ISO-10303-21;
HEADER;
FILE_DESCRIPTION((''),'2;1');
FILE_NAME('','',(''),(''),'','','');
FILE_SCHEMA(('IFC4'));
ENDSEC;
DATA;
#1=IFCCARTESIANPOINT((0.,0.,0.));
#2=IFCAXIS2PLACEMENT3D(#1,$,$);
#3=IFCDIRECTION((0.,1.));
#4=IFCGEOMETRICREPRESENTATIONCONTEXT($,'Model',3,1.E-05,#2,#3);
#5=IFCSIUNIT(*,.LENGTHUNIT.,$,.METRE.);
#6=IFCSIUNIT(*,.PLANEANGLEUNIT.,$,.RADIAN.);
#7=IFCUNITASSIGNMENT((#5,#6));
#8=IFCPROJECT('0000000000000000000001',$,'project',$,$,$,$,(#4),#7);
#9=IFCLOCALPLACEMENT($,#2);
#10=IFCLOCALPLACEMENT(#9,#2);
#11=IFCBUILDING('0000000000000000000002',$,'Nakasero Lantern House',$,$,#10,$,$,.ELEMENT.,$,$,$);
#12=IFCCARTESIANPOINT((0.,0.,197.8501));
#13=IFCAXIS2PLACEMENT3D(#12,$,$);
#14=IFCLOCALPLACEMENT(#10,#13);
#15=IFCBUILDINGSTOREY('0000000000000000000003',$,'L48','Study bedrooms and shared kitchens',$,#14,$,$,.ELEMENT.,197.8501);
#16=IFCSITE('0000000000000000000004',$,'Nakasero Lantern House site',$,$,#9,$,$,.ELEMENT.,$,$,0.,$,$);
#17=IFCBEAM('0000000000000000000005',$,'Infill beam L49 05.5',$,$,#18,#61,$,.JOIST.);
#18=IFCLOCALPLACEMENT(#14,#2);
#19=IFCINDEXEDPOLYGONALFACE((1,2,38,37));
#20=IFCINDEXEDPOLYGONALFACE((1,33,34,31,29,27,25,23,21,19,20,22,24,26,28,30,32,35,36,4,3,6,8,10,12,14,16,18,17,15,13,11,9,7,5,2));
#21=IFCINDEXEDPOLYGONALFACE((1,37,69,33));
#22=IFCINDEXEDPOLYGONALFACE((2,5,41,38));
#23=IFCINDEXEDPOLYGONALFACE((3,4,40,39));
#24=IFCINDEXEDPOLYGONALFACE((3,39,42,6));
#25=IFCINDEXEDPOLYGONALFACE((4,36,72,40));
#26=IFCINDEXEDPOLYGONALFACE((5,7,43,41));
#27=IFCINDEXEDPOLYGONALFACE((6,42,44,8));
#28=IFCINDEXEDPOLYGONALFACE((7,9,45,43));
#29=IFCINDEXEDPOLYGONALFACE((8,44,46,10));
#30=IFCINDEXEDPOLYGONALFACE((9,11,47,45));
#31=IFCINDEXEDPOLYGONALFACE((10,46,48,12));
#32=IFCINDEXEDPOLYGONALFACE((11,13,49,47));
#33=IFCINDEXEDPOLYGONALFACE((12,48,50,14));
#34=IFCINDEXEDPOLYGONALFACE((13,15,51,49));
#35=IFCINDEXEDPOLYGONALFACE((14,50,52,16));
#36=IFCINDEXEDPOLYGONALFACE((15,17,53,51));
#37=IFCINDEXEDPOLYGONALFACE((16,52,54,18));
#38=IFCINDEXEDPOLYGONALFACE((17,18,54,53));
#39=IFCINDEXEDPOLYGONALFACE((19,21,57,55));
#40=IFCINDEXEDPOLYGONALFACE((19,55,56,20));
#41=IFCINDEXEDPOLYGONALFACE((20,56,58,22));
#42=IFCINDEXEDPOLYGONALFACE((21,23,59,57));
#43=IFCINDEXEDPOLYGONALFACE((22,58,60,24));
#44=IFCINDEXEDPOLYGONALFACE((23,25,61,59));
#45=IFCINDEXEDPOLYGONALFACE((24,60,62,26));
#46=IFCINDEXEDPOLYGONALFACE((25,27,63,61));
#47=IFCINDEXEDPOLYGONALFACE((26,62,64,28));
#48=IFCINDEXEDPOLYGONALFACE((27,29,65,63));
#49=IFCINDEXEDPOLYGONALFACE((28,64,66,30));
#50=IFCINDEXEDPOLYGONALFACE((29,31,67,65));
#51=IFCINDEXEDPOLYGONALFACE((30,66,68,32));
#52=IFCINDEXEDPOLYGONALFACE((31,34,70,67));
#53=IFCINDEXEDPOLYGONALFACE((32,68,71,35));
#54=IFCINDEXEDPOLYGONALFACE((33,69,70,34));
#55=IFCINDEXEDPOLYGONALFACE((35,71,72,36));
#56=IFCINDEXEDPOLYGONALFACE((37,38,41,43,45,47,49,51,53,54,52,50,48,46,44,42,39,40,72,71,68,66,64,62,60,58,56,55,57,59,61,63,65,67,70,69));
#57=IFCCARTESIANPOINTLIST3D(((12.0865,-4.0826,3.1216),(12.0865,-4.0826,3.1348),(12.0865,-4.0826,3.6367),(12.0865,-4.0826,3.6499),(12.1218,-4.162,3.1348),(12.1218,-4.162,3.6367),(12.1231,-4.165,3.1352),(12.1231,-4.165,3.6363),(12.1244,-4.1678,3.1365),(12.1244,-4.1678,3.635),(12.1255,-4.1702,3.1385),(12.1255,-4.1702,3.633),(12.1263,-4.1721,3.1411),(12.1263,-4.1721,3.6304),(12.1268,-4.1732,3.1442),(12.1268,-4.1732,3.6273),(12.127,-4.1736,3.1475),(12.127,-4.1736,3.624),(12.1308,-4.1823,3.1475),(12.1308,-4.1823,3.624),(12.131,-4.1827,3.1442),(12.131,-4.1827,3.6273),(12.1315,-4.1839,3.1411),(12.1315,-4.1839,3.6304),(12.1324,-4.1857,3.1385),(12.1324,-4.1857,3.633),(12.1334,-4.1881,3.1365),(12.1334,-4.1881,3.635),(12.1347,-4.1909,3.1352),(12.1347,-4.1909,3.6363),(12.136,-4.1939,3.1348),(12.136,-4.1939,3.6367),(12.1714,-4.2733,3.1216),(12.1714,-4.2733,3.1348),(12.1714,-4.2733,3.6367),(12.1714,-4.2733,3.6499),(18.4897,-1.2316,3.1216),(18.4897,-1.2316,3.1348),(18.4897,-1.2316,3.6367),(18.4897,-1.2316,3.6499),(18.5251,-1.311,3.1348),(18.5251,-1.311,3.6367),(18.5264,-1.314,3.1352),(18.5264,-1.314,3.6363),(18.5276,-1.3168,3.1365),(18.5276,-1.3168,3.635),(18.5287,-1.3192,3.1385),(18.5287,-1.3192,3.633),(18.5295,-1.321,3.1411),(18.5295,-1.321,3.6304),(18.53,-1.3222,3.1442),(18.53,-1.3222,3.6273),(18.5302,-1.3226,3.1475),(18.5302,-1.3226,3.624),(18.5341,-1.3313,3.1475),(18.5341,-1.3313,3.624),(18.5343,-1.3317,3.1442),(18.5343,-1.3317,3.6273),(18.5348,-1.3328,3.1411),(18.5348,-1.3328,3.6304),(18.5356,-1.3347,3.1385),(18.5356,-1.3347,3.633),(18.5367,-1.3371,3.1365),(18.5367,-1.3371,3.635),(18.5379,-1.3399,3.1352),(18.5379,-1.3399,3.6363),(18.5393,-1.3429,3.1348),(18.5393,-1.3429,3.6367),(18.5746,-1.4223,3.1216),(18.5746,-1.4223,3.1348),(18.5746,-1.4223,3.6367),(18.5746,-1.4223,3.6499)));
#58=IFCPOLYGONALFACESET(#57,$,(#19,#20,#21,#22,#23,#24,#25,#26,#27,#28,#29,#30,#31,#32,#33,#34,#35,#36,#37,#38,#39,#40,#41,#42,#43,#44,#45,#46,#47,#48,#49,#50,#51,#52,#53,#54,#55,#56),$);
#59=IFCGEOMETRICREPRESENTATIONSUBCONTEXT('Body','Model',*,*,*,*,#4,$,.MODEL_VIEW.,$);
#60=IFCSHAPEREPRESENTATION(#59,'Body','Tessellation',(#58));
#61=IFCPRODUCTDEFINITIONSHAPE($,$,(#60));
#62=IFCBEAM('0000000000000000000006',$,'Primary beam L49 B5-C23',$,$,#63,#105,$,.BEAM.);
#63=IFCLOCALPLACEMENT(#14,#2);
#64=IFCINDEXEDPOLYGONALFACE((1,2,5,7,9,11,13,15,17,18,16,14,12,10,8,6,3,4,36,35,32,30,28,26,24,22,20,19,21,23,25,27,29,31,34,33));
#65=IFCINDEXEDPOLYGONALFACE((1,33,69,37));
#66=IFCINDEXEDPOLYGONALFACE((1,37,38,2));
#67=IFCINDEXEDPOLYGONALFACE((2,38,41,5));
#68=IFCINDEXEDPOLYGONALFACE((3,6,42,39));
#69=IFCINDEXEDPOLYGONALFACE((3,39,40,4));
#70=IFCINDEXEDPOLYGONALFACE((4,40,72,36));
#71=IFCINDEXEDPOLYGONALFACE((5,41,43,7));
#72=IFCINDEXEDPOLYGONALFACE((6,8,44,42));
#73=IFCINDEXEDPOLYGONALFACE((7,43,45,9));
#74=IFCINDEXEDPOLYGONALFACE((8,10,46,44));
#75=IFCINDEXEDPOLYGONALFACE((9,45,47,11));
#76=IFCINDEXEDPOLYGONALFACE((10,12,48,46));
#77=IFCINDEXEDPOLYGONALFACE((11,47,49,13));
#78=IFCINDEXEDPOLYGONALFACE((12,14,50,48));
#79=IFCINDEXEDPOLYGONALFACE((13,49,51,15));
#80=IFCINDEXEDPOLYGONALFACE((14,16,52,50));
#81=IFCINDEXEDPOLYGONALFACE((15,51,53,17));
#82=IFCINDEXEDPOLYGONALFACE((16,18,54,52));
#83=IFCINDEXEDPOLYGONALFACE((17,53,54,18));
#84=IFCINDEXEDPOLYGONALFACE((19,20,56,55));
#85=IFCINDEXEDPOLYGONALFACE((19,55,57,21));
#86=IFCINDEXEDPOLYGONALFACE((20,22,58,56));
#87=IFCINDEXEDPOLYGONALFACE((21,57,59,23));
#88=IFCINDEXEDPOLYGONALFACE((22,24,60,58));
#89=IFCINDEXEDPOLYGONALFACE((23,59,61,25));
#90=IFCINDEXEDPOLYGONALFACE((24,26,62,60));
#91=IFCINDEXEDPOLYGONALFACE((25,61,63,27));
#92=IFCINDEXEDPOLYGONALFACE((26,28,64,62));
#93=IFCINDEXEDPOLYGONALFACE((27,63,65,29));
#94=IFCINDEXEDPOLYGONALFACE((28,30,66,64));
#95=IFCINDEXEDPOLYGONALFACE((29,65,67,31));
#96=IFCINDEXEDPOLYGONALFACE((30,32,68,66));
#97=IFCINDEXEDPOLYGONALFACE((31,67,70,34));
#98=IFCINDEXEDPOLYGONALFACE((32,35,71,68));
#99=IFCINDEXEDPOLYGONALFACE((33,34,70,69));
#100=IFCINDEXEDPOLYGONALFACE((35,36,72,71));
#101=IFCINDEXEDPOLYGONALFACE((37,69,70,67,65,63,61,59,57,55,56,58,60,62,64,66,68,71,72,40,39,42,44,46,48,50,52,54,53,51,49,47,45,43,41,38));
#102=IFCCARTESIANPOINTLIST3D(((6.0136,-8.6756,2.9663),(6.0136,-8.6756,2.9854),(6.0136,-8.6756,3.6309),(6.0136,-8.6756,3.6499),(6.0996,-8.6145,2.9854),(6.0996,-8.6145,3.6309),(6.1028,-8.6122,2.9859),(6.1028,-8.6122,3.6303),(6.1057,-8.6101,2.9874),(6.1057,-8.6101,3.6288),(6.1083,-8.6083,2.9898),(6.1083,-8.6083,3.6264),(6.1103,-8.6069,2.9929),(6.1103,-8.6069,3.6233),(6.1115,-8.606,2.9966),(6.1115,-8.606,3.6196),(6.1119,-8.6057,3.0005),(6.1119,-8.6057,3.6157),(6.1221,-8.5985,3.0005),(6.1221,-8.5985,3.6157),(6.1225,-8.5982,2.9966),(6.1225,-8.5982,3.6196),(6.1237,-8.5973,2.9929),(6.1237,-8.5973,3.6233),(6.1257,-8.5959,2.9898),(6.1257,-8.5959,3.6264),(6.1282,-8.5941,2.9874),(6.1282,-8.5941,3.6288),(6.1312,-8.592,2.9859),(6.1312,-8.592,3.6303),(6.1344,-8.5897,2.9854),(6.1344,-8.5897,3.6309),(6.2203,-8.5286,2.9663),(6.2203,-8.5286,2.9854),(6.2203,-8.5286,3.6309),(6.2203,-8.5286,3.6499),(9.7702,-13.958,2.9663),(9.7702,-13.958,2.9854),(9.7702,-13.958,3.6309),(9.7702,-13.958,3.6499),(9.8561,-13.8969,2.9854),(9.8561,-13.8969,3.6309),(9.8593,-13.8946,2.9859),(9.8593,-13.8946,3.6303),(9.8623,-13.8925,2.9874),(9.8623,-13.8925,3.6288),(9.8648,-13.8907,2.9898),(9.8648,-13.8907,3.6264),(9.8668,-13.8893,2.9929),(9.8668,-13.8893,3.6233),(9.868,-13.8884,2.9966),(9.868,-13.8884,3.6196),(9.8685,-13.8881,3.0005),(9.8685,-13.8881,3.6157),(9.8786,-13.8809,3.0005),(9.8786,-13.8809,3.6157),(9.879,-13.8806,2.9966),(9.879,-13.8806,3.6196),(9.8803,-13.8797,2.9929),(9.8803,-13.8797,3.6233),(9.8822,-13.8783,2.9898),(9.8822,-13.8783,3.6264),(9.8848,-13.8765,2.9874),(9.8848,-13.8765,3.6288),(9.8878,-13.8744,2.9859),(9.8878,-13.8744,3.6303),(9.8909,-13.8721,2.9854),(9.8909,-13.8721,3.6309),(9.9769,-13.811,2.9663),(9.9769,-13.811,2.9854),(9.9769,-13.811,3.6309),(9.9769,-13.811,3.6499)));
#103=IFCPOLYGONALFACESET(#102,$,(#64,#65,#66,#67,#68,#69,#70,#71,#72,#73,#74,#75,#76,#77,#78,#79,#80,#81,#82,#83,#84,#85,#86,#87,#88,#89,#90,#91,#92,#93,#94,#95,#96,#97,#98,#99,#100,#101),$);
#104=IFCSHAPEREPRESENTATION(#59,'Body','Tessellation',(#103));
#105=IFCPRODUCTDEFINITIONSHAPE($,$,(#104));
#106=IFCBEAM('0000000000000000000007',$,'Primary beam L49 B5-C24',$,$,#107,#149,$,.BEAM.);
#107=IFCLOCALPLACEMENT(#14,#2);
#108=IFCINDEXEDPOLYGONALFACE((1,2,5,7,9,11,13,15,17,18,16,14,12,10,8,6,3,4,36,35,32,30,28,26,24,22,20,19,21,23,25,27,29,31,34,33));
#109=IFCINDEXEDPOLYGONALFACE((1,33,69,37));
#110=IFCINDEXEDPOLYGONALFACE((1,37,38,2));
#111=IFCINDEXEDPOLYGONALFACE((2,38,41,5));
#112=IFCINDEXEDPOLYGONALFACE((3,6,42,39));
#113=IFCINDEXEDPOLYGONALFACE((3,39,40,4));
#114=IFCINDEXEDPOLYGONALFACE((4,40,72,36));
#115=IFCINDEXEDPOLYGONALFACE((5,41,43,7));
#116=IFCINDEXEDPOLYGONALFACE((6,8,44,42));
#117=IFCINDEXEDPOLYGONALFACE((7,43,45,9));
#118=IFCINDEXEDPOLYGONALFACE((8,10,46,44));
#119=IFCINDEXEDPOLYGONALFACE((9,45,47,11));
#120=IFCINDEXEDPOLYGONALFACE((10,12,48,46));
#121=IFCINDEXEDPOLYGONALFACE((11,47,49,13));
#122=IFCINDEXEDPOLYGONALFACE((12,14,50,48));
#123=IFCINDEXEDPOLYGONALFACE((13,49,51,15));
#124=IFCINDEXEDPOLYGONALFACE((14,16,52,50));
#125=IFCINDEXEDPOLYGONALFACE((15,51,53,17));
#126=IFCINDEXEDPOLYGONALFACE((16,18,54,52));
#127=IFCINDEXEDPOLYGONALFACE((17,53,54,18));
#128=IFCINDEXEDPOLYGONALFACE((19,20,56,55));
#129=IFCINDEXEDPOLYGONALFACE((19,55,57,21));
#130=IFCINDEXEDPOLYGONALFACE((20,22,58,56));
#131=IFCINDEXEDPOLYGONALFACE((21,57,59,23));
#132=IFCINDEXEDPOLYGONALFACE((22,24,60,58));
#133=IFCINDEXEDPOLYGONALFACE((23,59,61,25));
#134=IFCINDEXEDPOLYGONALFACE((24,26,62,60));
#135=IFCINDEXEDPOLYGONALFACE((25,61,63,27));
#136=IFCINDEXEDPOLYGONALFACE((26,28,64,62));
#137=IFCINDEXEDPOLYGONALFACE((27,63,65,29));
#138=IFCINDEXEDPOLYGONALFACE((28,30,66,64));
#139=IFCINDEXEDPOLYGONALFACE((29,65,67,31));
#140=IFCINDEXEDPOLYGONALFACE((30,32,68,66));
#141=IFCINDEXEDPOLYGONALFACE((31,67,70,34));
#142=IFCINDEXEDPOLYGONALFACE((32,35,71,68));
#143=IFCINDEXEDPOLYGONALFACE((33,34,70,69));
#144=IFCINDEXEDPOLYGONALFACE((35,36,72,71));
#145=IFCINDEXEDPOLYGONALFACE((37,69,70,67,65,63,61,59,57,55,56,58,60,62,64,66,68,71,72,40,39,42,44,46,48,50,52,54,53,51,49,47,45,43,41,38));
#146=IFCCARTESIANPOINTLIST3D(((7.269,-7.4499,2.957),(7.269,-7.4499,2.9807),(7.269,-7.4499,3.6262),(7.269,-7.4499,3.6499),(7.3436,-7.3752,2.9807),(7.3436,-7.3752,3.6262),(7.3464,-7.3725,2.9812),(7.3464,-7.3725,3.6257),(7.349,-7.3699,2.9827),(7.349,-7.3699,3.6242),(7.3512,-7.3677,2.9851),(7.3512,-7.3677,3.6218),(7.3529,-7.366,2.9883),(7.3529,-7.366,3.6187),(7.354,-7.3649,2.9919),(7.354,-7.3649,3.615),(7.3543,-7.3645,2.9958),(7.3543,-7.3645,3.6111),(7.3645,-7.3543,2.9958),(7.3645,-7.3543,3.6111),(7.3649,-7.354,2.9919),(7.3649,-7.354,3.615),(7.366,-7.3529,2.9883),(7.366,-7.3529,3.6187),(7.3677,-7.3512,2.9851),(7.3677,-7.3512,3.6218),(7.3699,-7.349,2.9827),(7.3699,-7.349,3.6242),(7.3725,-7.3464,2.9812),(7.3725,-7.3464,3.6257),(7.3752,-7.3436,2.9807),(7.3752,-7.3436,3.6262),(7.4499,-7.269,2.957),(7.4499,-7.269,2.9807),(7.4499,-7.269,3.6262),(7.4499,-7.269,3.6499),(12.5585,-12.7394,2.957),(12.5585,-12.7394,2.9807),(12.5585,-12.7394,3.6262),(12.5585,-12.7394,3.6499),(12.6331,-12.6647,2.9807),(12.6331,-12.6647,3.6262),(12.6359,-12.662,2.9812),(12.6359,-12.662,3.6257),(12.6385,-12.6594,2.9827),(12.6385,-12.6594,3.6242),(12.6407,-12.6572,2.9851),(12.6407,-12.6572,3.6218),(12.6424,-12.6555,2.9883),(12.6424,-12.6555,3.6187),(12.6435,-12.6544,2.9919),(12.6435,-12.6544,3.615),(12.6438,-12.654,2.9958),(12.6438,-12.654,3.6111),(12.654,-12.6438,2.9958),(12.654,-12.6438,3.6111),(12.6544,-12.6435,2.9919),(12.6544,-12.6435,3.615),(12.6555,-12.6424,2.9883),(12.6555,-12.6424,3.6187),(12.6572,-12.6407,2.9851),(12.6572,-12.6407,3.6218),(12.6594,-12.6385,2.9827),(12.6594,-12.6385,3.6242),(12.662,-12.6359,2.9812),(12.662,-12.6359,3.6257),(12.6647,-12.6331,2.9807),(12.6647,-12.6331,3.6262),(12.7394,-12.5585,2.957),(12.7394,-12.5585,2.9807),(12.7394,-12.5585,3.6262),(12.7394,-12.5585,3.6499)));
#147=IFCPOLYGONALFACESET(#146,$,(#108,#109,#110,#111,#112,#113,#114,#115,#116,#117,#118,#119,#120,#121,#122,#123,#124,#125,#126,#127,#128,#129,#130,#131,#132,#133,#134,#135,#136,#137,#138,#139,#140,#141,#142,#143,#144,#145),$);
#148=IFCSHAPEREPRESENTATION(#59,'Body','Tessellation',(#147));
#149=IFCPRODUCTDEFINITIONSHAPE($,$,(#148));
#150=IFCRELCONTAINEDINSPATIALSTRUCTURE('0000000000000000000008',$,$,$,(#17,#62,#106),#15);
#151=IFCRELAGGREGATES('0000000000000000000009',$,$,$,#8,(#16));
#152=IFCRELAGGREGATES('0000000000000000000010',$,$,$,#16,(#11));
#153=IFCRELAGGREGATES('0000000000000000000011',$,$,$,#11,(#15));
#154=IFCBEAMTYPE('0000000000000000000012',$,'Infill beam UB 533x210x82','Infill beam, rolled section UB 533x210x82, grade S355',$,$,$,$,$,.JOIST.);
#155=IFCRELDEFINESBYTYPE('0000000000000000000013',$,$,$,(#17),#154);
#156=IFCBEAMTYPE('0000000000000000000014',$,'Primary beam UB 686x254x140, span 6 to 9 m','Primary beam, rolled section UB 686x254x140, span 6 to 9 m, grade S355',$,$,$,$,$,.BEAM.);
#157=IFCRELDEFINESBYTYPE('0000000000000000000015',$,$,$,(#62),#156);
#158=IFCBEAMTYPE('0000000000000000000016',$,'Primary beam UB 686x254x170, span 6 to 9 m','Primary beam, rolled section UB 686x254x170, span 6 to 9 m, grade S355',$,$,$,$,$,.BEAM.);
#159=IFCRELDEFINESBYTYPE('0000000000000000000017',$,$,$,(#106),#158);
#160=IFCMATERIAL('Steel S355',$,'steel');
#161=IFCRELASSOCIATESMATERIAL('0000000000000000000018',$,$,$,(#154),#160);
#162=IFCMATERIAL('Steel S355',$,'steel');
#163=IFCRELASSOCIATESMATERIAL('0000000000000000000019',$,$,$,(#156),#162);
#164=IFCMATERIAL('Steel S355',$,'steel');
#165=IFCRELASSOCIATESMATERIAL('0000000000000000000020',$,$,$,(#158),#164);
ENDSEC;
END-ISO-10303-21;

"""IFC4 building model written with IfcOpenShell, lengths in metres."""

from ifc_helpers import new_model, si_unit, direction, frame, origin, origin_2d, place, context, subcontext, project, spatial, i_section, extrude, material, material_profile, profile_set, type_object, element, save


model = new_model("IFC4")

# Units and contexts
model_context = context("Model", 3, precision=1e-05, world=origin(), true_north=direction((0.0, 1.0)))
body_context = subcontext(model_context, "Body", "Model", "MODEL_VIEW")
ifc_project = project(units=[si_unit("LENGTHUNIT", "METRE"), si_unit("PLANEANGLEUNIT", "RADIAN")], contexts=[model_context])

# Site, building, storey
site_placement = place(None, origin())
site = spatial("IfcSite", under=ifc_project, at=site_placement, Name="Nakasero Lantern House site", CompositionType="ELEMENT", RefElevation=0.0)
building_placement = place(site_placement, origin())
building = spatial("IfcBuilding", under=site, at=building_placement, Name="Nakasero Lantern House", CompositionType="ELEMENT")
storey_placement = place(building_placement, frame((0.0, 0.0, 197.8501)))
storey = spatial("IfcBuildingStorey", under=building, at=storey_placement, Name="L48", Description="Study bedrooms and shared kitchens", CompositionType="ELEMENT", Elevation=197.8501)

# Beams
ifc_material_1 = material(Name="Steel S355", Category="steel")
ifc_material_profile_1 = material_profile(ifc_material_1, i_section(OverallWidth=0.2087, OverallDepth=0.5283, WebThickness=0.0095, FlangeThickness=0.0132, FilletRadius=0.0127, at=origin_2d()), Name="UB 533x210x82")
ifc_profile_set_1 = profile_set([ifc_material_profile_1], Name="Steel S355")
beam_type_1 = type_object("IfcBeamType", Name="Infill beam UB 533x210x82", Description="Infill beam, rolled section UB 533x210x82, grade S355", PredefinedType="JOIST", material=ifc_profile_set_1)
beam_1_placement = place(storey_placement, frame((12.1289, -4.178, 3.3857), z_axis=(0.913538, 0.406752, 0.0), x_axis=(-0.406752, 0.913538, 0.0)))
element("IfcBeam", 1, at=beam_1_placement, inside=storey, type_object=beam_type_1, Name="Infill beam L49 05.5", PredefinedType="JOIST", context=body_context, shape_type="SweptSolid", body=[
    extrude(i_section(OverallWidth=0.2087, OverallDepth=0.5283, WebThickness=0.0095, FlangeThickness=0.0132, FilletRadius=0.0127, at=origin_2d()), origin(), (0.0, 0.0, 1.0), 7.0093),
])
ifc_material_2 = material(Name="Steel S355", Category="steel")
ifc_material_profile_2 = material_profile(ifc_material_2, i_section(OverallWidth=0.2537, OverallDepth=0.6836, WebThickness=0.0125, FlangeThickness=0.019, FilletRadius=0.0151, at=origin_2d()), Name="UB 686x254x140")
ifc_profile_set_2 = profile_set([ifc_material_profile_2], Name="Steel S355")
beam_type_2 = type_object("IfcBeamType", Name="Primary beam UB 686x254x140, span 6 to 9 m", Description="Primary beam, rolled section UB 686x254x140, span 6 to 9 m, grade S355", PredefinedType="BEAM", material=ifc_profile_set_2)
beam_2_placement = place(storey_placement, frame((9.8735, -13.8845, 3.3081), z_axis=(-0.579541, 0.814943, 0.0), x_axis=(-0.814943, -0.579541, 0.0)))
element("IfcBeam", 2, at=beam_2_placement, inside=storey, type_object=beam_type_2, Name="Primary beam L49 B5-C23", PredefinedType="BEAM", context=body_context, shape_type="SweptSolid", body=[
    extrude(i_section(OverallWidth=0.2537, OverallDepth=0.6836, WebThickness=0.0125, FlangeThickness=0.019, FilletRadius=0.0151, at=origin_2d()), origin(), (0.0, 0.0, 1.0), 6.4819),
])
ifc_material_3 = material(Name="Steel S355", Category="steel")
ifc_material_profile_3 = material_profile(ifc_material_3, i_section(OverallWidth=0.2559, OverallDepth=0.6929, WebThickness=0.0144, FlangeThickness=0.0237, FilletRadius=0.0151, at=origin_2d()), Name="UB 686x254x170")
ifc_profile_set_3 = profile_set([ifc_material_profile_3], Name="Steel S355")
beam_type_3 = type_object("IfcBeamType", Name="Primary beam UB 686x254x170, span 6 to 9 m", Description="Primary beam, rolled section UB 686x254x170, span 6 to 9 m, grade S355", PredefinedType="BEAM", material=ifc_profile_set_3)
beam_3_placement = place(storey_placement, frame((12.6489, -12.6489, 3.3035), z_axis=(-0.707107, 0.707107, 0.0), x_axis=(-0.707107, -0.707107, 0.0)))
element("IfcBeam", 3, at=beam_3_placement, inside=storey, type_object=beam_type_3, Name="Primary beam L49 B5-C24", PredefinedType="BEAM", context=body_context, shape_type="SweptSolid", body=[
    extrude(i_section(OverallWidth=0.2559, OverallDepth=0.6929, WebThickness=0.0144, FlangeThickness=0.0237, FilletRadius=0.0151, at=origin_2d()), origin(), (0.0, 0.0, 1.0), 7.4805),
])

save(model, "model.ifc")
